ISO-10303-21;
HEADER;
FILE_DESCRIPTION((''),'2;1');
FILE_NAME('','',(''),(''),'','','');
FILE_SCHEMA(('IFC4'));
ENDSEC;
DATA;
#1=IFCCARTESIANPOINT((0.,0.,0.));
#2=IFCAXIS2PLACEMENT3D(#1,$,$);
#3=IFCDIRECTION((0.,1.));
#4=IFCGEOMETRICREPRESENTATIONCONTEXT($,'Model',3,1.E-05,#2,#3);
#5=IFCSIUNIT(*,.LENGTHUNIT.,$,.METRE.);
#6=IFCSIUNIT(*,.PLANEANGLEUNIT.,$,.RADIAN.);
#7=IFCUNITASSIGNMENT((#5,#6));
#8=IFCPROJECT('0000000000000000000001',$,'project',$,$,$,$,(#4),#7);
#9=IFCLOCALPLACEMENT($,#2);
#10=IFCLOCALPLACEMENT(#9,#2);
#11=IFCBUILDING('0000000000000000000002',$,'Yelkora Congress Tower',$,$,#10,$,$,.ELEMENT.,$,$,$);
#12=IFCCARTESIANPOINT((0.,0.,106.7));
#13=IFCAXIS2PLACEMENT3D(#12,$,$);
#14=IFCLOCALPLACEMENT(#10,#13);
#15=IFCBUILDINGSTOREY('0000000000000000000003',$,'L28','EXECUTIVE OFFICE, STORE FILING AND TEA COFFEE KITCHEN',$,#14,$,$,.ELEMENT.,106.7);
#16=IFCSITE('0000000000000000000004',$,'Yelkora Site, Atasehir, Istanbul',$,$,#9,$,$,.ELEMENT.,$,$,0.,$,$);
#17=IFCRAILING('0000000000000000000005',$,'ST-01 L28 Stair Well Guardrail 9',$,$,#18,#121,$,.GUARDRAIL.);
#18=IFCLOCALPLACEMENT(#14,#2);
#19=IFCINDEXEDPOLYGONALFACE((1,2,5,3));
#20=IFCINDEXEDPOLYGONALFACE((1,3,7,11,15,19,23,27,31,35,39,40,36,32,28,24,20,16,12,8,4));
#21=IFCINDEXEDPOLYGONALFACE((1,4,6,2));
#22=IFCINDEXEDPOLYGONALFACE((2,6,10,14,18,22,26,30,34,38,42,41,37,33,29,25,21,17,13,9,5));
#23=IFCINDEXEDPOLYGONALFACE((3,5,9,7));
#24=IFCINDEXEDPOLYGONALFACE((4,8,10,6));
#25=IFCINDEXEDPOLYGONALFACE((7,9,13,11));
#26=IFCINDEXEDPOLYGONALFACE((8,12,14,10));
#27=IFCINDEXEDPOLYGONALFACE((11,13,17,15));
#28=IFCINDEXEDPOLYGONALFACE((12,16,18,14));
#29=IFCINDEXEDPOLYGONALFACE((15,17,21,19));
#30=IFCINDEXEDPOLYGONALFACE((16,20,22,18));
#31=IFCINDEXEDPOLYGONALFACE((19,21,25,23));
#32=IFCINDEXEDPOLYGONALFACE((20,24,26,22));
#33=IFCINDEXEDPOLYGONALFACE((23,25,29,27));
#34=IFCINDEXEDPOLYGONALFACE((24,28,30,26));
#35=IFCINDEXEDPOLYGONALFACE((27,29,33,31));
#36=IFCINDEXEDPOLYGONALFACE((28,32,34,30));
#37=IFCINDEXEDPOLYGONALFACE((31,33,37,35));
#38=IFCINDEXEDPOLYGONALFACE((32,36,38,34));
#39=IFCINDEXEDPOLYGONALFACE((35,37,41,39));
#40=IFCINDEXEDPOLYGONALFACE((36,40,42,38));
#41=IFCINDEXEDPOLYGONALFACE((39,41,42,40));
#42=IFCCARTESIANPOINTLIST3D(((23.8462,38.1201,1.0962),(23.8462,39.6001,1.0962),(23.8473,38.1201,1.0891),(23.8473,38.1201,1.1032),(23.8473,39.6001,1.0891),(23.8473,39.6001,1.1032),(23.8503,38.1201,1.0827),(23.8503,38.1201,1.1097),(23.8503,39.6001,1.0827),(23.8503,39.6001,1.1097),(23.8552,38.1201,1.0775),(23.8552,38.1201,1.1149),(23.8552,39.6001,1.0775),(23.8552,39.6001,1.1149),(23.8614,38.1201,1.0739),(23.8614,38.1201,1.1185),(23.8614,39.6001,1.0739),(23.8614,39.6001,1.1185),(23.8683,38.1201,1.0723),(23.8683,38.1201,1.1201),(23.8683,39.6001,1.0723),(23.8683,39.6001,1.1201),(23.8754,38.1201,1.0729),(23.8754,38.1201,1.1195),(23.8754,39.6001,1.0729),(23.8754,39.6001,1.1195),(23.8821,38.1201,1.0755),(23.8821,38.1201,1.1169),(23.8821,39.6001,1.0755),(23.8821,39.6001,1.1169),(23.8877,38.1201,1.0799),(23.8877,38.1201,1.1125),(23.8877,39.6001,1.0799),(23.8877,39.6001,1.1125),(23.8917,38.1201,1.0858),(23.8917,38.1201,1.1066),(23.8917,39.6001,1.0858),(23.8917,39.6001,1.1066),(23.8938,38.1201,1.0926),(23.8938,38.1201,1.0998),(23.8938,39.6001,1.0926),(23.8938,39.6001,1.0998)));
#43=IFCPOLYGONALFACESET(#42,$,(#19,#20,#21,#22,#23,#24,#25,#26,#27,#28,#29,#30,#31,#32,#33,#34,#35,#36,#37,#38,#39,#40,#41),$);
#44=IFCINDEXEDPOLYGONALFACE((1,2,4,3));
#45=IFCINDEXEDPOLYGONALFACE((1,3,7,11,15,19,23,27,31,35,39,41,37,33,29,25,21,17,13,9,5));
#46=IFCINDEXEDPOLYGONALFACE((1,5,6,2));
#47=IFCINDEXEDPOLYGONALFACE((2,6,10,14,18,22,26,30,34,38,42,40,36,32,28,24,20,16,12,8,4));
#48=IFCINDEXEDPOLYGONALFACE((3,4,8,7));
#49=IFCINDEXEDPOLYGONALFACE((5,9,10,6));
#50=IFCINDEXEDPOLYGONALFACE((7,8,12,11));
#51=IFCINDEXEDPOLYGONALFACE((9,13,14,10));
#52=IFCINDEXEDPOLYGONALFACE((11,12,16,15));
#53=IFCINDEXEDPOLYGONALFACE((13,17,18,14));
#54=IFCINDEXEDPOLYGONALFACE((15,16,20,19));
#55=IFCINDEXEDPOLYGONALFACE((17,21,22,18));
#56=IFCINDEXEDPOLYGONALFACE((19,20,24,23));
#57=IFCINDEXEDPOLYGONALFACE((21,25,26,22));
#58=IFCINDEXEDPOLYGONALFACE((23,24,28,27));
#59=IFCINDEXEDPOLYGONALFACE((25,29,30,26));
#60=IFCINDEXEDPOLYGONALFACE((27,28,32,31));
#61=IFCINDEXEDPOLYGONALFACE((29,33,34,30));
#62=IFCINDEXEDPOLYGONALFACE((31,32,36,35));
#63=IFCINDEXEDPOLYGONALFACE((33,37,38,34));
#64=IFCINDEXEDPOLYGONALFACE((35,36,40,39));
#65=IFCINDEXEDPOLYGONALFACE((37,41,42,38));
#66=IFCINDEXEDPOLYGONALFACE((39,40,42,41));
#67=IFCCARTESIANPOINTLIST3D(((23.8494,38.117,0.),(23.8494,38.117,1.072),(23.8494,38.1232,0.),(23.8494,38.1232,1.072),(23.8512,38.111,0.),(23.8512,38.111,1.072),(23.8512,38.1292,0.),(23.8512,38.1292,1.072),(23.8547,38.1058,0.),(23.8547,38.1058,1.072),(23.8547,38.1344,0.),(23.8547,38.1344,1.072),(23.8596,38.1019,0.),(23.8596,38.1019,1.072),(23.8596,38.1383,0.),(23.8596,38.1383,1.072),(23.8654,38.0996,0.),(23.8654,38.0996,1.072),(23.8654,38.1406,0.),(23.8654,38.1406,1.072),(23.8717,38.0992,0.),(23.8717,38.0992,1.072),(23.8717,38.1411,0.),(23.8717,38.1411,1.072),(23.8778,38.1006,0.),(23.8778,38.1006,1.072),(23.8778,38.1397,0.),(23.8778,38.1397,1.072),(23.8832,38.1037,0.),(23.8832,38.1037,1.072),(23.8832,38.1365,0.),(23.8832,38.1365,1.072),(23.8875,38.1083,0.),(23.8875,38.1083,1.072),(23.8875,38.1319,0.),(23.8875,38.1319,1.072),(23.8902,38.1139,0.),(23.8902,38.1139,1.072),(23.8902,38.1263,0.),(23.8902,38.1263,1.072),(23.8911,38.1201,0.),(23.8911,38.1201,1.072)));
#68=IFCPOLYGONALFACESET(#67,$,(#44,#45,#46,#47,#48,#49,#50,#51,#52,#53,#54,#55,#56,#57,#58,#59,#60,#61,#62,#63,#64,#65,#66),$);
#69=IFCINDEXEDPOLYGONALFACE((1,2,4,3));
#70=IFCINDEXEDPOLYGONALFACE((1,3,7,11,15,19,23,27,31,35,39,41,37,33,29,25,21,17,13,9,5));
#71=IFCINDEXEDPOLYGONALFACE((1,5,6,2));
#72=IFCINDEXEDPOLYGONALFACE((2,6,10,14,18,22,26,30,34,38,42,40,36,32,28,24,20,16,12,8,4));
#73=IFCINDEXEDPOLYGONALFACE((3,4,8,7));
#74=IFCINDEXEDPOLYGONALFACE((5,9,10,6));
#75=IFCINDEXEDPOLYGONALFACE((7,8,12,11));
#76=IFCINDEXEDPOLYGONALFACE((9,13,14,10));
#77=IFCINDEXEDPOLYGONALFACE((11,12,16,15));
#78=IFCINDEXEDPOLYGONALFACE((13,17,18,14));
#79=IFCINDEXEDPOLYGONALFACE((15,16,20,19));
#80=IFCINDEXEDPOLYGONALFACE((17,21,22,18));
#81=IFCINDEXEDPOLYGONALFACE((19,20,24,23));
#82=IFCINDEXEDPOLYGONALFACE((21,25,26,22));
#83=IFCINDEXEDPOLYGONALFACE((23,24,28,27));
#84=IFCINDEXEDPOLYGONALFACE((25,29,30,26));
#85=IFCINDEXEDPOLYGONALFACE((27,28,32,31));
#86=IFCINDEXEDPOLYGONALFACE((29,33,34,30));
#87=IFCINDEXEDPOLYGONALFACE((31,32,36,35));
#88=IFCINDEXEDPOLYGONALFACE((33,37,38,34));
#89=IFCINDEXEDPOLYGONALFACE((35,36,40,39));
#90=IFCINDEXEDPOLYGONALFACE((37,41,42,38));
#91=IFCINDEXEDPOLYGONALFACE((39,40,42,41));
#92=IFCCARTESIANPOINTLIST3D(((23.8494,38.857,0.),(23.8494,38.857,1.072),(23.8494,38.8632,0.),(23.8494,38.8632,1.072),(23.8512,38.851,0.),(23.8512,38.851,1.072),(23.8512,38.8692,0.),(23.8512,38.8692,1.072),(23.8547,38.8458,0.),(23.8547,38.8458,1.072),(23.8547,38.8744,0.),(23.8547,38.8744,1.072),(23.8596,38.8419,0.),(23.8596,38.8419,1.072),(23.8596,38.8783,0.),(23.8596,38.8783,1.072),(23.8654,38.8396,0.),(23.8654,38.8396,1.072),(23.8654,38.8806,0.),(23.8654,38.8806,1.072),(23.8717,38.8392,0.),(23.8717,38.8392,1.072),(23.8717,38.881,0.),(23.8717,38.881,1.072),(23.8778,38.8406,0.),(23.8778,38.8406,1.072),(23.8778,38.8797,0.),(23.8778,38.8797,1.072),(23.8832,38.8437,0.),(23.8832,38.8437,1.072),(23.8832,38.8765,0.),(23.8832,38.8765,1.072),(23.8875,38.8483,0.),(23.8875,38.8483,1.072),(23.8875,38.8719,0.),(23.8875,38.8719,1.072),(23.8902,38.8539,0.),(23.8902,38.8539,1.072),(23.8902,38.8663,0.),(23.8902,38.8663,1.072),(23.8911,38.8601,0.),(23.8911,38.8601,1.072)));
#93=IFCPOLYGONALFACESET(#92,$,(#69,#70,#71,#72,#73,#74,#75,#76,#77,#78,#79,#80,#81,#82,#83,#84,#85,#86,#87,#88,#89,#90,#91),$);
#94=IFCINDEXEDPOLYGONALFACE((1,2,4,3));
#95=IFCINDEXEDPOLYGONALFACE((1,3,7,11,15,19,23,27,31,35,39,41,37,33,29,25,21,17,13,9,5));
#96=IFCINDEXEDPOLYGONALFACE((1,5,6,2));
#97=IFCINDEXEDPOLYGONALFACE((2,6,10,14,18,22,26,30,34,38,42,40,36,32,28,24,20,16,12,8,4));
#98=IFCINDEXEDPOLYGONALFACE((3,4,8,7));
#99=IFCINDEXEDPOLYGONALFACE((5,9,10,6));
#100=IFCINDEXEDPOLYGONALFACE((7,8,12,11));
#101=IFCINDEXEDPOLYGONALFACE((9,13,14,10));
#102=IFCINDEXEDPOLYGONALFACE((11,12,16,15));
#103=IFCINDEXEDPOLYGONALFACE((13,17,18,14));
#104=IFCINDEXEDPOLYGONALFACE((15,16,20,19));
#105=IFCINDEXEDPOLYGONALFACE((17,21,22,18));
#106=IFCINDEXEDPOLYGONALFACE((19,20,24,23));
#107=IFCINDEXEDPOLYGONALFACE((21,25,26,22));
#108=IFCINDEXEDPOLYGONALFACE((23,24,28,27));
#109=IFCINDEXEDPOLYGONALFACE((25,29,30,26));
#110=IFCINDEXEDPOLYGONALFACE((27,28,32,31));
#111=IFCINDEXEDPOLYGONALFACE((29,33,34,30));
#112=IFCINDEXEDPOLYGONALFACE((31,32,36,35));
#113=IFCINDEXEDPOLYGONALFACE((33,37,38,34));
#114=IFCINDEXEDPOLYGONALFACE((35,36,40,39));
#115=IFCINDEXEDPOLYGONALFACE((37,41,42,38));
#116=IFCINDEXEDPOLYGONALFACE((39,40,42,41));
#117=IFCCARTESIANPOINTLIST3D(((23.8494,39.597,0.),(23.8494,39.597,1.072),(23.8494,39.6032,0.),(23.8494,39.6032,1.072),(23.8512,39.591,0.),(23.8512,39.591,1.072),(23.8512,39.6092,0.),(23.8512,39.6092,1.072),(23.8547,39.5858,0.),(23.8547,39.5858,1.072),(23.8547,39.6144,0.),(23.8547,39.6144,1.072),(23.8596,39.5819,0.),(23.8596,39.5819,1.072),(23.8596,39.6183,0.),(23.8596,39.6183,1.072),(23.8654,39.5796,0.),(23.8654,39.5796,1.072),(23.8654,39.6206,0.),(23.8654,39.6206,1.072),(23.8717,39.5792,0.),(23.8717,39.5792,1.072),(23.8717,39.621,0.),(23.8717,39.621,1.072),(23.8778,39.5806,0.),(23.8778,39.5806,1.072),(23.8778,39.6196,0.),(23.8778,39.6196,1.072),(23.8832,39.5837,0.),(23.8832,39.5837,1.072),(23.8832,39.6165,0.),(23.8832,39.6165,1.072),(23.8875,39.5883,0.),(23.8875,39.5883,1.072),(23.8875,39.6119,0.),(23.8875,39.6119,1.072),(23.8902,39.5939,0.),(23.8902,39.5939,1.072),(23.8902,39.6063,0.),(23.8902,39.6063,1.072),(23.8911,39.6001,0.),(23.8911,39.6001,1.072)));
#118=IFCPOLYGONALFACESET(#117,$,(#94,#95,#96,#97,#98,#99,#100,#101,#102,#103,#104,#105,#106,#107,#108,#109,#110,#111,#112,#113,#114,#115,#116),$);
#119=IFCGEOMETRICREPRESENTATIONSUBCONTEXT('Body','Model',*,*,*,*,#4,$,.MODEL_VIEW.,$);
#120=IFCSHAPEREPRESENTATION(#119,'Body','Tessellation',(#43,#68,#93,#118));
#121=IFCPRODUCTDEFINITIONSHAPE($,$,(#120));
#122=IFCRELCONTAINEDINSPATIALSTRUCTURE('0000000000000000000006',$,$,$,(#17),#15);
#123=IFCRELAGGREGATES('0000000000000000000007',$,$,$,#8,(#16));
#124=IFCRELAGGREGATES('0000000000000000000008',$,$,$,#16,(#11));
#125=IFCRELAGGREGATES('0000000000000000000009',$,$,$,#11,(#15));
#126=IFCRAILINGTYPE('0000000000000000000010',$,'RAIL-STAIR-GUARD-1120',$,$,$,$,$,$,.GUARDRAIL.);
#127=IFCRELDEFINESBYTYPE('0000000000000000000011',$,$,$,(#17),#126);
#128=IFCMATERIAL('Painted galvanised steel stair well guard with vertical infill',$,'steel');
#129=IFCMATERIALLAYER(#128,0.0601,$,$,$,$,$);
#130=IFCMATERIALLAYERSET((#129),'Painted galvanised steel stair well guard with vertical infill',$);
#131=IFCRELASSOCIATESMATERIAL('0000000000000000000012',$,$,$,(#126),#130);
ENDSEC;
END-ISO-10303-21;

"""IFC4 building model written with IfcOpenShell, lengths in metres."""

from ifc_helpers import new_model, si_unit, direction, frame, origin, origin_2d, place, context, subcontext, project, spatial, circle, extrude, material, layer, layer_set, type_object, element, save


model = new_model("IFC4")

# Units and contexts
model_context = context("Model", 3, precision=1e-05, world=origin(), true_north=direction((0.0, 1.0)))
body_context = subcontext(model_context, "Body", "Model", "MODEL_VIEW")
ifc_project = project(units=[si_unit("LENGTHUNIT", "METRE"), si_unit("PLANEANGLEUNIT", "RADIAN")], contexts=[model_context])

# Site, building, storey
site_placement = place(None, origin())
site = spatial("IfcSite", under=ifc_project, at=site_placement, Name="Yelkora Site, Atasehir, Istanbul", CompositionType="ELEMENT", RefElevation=0.0)
building_placement = place(site_placement, origin())
building = spatial("IfcBuilding", under=site, at=building_placement, Name="Yelkora Congress Tower", CompositionType="ELEMENT")
storey_placement = place(building_placement, frame((0.0, 0.0, 106.7)))
storey = spatial("IfcBuildingStorey", under=building, at=storey_placement, Name="L28", Description="EXECUTIVE OFFICE, STORE FILING AND TEA COFFEE KITCHEN", CompositionType="ELEMENT", Elevation=106.7)

# Railing
ifc_material_1 = material(Name="Painted galvanised steel stair well guard with vertical infill", Category="steel")
ifc_layer_1 = layer(ifc_material_1, 0.0601)
ifc_layer_set_1 = layer_set([ifc_layer_1], Name="Painted galvanised steel stair well guard with vertical infill")
railing_type_1 = type_object("IfcRailingType", Name="RAIL-STAIR-GUARD-1120", PredefinedType="GUARDRAIL", material=ifc_layer_set_1)
railing_1_placement = place(storey_placement, frame((23.8701, 38.1201, 0.0)))
element("IfcRailing", 1, at=railing_1_placement, inside=storey, type_object=railing_type_1, Name="ST-01 L28 Stair Well Guardrail 9", PredefinedType="GUARDRAIL", context=body_context, shape_type="SweptSolid", body=[
    extrude(circle(Radius=0.0239, at=origin_2d()), frame((0.0, 0.0, 1.0962), z_axis=(0.0, 1.0, 0.0), x_axis=(-1.0, 0.0, 0.0)), (0.0, 0.0, 1.0), 1.48),
    extrude(circle(Radius=0.021, at=origin_2d()), origin(), (0.0, 0.0, 1.0), 1.072),
    extrude(circle(Radius=0.021, at=origin_2d()), frame((0.0, 0.74, 0.0)), (0.0, 0.0, 1.0), 1.072),
    extrude(circle(Radius=0.021, at=origin_2d()), frame((0.0, 1.48, 0.0)), (0.0, 0.0, 1.0), 1.072),
])

save(model, "model.ifc")
